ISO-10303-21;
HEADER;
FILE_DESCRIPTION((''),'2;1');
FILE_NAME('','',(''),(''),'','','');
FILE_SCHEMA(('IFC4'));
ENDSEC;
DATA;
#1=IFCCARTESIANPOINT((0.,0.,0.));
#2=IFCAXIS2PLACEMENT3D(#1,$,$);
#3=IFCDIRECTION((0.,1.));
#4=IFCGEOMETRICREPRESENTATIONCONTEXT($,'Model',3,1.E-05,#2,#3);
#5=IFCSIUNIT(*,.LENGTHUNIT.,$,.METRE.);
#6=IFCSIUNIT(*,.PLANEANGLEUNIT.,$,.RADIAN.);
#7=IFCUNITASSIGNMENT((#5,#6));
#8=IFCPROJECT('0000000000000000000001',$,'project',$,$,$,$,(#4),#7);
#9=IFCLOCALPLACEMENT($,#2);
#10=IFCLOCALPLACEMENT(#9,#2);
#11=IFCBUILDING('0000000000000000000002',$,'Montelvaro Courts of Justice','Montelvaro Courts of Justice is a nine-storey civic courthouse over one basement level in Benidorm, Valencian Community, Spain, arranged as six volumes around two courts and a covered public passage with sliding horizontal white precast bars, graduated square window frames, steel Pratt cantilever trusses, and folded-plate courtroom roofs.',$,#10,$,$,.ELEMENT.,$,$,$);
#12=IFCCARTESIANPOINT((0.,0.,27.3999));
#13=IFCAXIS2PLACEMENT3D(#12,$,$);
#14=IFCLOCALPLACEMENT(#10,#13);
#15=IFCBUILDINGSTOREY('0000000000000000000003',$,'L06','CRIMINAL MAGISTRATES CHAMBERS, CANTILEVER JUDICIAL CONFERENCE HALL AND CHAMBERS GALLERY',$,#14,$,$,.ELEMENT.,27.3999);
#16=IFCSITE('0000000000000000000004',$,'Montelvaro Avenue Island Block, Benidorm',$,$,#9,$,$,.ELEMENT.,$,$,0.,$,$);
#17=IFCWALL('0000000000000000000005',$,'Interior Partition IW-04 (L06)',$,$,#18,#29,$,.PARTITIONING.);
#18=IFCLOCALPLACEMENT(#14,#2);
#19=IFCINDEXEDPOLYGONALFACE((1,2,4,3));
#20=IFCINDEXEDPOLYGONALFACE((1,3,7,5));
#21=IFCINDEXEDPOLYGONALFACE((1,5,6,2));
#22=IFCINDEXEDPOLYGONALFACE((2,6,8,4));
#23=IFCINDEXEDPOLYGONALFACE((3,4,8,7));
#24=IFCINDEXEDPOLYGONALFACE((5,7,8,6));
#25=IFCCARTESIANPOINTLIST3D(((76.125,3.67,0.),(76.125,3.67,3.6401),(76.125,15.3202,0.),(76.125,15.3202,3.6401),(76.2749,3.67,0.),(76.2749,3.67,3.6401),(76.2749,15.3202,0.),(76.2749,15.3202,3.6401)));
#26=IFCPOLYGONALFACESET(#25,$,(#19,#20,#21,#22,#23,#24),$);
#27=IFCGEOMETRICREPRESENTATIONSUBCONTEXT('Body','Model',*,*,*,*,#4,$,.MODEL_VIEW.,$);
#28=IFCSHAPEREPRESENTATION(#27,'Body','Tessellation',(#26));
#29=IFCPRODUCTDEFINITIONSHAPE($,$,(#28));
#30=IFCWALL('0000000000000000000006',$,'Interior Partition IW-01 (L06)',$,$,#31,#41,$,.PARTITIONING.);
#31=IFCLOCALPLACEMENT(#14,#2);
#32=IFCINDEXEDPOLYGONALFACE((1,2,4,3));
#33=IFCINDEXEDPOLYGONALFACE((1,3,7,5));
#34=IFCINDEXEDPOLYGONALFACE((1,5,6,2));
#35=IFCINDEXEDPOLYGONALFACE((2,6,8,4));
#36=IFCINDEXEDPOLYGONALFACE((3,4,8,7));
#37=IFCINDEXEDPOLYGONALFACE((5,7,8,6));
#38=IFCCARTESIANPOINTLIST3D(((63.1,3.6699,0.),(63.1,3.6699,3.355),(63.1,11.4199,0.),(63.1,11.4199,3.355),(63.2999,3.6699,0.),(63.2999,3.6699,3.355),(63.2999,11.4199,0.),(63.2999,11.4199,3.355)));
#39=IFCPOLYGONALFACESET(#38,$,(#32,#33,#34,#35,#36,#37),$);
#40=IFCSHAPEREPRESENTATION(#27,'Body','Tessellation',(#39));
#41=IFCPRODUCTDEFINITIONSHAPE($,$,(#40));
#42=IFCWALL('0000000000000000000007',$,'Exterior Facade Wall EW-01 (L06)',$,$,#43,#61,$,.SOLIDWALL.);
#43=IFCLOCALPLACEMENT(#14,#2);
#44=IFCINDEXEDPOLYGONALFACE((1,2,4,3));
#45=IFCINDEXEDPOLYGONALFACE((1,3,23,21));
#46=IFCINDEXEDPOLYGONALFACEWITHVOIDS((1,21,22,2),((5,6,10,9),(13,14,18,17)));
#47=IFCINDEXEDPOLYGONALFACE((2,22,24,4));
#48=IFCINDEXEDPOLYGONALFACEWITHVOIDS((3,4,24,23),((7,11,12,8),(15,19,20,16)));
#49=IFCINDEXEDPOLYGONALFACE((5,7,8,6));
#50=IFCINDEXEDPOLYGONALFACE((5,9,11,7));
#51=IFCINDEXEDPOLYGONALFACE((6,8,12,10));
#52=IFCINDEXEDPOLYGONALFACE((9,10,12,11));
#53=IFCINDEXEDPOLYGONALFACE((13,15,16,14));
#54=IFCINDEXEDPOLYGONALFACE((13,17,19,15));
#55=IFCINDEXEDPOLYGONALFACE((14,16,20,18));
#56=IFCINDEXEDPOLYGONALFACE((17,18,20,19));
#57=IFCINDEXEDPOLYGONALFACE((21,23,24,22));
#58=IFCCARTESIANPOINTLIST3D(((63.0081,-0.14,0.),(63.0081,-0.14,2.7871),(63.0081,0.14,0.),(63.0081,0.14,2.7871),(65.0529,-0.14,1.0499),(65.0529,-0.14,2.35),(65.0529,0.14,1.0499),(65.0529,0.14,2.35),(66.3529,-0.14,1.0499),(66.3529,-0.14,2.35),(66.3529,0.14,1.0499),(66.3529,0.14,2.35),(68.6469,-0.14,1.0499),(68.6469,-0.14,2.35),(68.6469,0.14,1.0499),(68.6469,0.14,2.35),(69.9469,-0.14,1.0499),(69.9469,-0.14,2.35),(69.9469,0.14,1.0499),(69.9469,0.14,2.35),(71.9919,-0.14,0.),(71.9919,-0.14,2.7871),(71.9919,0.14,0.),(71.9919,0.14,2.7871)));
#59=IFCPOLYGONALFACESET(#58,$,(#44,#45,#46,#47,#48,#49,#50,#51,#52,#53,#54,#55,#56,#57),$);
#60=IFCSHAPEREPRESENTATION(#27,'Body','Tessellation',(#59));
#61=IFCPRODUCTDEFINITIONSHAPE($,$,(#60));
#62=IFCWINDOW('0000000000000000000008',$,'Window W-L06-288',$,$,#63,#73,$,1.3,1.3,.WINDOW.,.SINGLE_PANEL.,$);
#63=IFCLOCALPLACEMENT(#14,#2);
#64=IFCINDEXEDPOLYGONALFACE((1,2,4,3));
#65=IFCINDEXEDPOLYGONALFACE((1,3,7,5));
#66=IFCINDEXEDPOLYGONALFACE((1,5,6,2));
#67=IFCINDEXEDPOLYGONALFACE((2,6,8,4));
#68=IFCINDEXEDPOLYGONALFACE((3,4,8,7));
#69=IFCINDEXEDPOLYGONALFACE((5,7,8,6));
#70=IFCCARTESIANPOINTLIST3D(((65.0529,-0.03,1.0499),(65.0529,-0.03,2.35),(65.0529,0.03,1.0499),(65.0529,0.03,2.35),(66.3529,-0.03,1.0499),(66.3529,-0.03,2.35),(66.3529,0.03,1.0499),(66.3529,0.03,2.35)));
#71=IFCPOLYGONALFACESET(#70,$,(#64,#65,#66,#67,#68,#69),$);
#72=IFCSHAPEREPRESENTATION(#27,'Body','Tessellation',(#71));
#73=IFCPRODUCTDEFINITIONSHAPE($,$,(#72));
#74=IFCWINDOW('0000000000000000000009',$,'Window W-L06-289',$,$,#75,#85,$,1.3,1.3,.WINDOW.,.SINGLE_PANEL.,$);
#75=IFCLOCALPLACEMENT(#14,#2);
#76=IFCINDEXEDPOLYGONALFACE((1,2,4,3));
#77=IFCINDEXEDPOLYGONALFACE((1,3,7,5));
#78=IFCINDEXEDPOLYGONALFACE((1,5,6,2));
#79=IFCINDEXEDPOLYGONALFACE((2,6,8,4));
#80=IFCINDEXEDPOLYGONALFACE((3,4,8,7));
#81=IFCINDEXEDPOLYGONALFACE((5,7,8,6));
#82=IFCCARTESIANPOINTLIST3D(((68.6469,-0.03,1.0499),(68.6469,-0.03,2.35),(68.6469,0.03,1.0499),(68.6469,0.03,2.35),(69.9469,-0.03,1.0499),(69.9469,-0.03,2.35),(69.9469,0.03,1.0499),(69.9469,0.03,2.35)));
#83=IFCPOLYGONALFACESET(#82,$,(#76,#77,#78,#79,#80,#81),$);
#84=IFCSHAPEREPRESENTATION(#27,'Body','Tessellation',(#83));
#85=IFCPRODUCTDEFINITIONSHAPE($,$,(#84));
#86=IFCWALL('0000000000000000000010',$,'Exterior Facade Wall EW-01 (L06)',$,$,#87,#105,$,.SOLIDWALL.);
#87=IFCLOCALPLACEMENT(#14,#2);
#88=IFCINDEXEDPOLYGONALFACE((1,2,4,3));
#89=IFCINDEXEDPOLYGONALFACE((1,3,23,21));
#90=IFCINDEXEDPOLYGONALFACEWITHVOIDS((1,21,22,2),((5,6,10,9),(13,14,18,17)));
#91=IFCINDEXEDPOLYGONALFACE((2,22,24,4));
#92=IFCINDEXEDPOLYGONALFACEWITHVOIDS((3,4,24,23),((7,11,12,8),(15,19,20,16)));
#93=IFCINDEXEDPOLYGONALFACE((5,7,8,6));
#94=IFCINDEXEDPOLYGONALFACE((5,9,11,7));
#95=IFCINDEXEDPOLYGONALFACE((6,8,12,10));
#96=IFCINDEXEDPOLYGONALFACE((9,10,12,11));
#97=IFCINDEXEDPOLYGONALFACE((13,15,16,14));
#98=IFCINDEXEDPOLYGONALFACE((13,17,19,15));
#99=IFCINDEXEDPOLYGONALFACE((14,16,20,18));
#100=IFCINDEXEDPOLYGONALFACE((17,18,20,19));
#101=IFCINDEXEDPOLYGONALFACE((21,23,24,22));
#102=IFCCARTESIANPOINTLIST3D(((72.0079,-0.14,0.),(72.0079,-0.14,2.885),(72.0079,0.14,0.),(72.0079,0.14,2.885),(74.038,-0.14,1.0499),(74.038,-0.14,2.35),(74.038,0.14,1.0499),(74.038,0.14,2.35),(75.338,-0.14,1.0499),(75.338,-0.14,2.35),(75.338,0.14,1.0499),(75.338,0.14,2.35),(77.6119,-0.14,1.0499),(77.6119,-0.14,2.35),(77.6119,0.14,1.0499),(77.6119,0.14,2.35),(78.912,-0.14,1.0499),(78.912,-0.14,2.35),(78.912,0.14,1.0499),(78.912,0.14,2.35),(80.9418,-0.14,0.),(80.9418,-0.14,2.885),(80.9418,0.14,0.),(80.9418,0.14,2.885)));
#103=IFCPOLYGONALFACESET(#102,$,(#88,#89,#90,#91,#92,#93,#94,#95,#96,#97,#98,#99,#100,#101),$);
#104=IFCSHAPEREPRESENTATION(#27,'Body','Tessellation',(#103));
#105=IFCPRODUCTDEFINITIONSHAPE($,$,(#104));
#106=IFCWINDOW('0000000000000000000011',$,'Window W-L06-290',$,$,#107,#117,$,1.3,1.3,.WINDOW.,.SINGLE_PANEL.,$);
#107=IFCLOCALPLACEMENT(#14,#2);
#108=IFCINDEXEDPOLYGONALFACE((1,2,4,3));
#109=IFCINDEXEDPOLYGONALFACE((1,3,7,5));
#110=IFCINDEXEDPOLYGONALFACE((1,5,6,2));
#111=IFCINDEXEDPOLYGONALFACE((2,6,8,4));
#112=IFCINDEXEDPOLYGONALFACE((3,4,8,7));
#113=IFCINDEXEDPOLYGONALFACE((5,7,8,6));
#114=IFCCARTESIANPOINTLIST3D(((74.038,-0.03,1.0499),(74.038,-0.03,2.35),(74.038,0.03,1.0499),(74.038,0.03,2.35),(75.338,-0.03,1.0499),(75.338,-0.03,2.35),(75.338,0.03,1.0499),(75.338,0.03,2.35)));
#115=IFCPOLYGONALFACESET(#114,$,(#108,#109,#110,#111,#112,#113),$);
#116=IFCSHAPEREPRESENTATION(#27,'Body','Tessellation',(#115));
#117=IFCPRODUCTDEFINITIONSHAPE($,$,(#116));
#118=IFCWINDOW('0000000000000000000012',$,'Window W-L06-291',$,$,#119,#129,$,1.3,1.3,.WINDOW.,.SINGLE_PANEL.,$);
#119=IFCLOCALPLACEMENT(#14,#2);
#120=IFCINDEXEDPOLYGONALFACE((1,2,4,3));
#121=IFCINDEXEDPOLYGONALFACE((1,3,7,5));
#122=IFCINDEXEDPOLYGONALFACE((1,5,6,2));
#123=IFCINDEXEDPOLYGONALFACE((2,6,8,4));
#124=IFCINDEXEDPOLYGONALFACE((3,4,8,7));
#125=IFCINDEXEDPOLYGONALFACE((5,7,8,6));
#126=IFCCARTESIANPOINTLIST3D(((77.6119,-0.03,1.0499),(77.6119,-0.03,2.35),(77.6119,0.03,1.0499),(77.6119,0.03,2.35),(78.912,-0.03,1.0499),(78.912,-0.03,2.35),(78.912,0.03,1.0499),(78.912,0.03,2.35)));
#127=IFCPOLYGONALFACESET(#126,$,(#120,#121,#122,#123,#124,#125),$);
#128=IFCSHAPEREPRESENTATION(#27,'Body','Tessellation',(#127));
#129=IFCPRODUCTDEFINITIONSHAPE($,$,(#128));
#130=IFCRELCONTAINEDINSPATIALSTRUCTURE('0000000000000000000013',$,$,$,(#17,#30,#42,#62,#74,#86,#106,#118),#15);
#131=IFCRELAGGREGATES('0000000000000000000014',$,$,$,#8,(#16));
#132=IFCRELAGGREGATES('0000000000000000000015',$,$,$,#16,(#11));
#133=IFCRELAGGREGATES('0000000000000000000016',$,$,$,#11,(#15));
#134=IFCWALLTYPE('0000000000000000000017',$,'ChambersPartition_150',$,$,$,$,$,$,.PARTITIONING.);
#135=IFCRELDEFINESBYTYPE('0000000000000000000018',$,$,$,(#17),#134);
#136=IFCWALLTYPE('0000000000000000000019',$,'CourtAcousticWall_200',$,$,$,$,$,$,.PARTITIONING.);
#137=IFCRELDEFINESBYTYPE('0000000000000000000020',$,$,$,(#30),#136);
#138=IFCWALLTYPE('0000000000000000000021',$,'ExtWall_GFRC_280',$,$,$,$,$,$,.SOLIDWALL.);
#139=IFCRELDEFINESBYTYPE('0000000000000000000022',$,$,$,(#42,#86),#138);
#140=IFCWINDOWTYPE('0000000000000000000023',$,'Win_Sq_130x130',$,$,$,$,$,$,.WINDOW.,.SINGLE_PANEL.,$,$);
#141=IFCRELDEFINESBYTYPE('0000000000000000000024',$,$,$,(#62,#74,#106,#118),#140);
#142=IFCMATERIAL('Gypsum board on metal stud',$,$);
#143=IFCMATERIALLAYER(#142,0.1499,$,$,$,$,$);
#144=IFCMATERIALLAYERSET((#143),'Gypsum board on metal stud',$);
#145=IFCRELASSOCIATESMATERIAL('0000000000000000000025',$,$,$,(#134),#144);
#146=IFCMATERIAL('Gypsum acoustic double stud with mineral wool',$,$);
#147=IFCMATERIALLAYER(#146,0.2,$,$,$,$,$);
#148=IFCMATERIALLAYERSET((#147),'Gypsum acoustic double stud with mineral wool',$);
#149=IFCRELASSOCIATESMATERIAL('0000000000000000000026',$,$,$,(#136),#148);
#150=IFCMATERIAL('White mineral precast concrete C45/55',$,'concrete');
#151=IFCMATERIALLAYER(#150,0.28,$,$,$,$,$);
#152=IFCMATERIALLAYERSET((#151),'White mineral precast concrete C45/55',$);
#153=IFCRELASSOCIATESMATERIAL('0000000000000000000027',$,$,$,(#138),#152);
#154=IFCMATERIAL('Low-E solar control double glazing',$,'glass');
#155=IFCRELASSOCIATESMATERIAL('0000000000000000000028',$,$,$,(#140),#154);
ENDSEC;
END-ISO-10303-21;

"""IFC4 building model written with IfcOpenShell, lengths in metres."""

from ifc_helpers import new_model, si_unit, direction, frame, frame_2d, origin, place, context, subcontext, project, spatial, rectangle, extrude, material, layer, layer_set, type_object, element, fill, save


model = new_model("IFC4")

# Units and contexts
model_context = context("Model", 3, precision=1e-05, world=origin(), true_north=direction((0.0, 1.0)))
body_context = subcontext(model_context, "Body", "Model", "MODEL_VIEW")
ifc_project = project(units=[si_unit("LENGTHUNIT", "METRE"), si_unit("PLANEANGLEUNIT", "RADIAN")], contexts=[model_context])

# Site, building, storey
site_placement = place(None, origin())
site = spatial("IfcSite", under=ifc_project, at=site_placement, Name="Montelvaro Avenue Island Block, Benidorm", CompositionType="ELEMENT", RefElevation=0.0)
building_placement = place(site_placement, origin())
building = spatial("IfcBuilding", under=site, at=building_placement, Name="Montelvaro Courts of Justice", Description="Montelvaro Courts of Justice is a nine-storey civic courthouse over one basement level in Benidorm, Valencian Community, Spain, arranged as six volumes around two courts and a covered public passage with sliding horizontal white precast bars, graduated square window frames, steel Pratt cantilever trusses, and folded-plate courtroom roofs.", CompositionType="ELEMENT")
storey_placement = place(building_placement, frame((0.0, 0.0, 27.3999)))
storey = spatial("IfcBuildingStorey", under=building, at=storey_placement, Name="L06", Description="CRIMINAL MAGISTRATES CHAMBERS, CANTILEVER JUDICIAL CONFERENCE HALL AND CHAMBERS GALLERY", CompositionType="ELEMENT", Elevation=27.3999)

# Shared definitions
ifc_material_1 = material(Name="White mineral precast concrete C45/55", Category="concrete")

# Wall
ifc_material_2 = material(Name="Gypsum board on metal stud")
ifc_layer_1 = layer(ifc_material_2, 0.1499)
ifc_layer_set_1 = layer_set([ifc_layer_1], Name="Gypsum board on metal stud")
wall_type_1 = type_object("IfcWallType", Name="ChambersPartition_150", PredefinedType="PARTITIONING", material=ifc_layer_set_1)
wall_1_placement = place(storey_placement, frame((76.2, 3.6699, 0.0), z_axis=(0.0, 0.0, 1.0), x_axis=(0.0, 1.0, 0.0)))
element("IfcWall", 1, at=wall_1_placement, inside=storey, type_object=wall_type_1, Name="Interior Partition IW-04 (L06)", PredefinedType="PARTITIONING", context=body_context, shape_type="SweptSolid", body=[
    extrude(rectangle(XDim=11.6501, YDim=0.1499, at=frame_2d((5.8252, 0.0))), origin(), (0.0, 0.0, 1.0), 3.6401),
])

# Shared definitions
ifc_material_3 = material(Name="Gypsum acoustic double stud with mineral wool")
ifc_layer_2 = layer(ifc_material_3, 0.2)
ifc_layer_set_2 = layer_set([ifc_layer_2], Name="Gypsum acoustic double stud with mineral wool")
wall_type_2 = type_object("IfcWallType", Name="CourtAcousticWall_200", PredefinedType="PARTITIONING", material=ifc_layer_set_2)

# Wall
wall_2_placement = place(storey_placement, frame((63.2, 3.6699, 0.0), z_axis=(0.0, 0.0, 1.0), x_axis=(0.0, 1.0, 0.0)))
element("IfcWall", 2, at=wall_2_placement, inside=storey, type_object=wall_type_2, Name="Interior Partition IW-01 (L06)", PredefinedType="PARTITIONING", context=body_context, shape_type="SweptSolid", body=[
    extrude(rectangle(XDim=7.75, YDim=0.2, at=frame_2d((3.875, 0.0))), origin(), (0.0, 0.0, 1.0), 3.355),
])

# Walls, openings, windows
ifc_layer_3 = layer(ifc_material_1, 0.28)
ifc_layer_set_3 = layer_set([ifc_layer_3], Name="White mineral precast concrete C45/55")
wall_type_3 = type_object("IfcWallType", Name="ExtWall_GFRC_280", PredefinedType="SOLIDWALL", material=ifc_layer_set_3)
wall_3_placement = place(storey_placement, frame((63.0081, 0.0, 0.0), z_axis=(0.0, 0.0, 1.0), x_axis=(1.0, 0.0, 0.0)))
wall_3 = element("IfcWall", 3, at=wall_3_placement, inside=storey, type_object=wall_type_3, Name="Exterior Facade Wall EW-01 (L06)", PredefinedType="SOLIDWALL", context=body_context, shape_type="SweptSolid", body=[
    extrude(rectangle(XDim=8.9839, YDim=0.28, at=frame_2d((4.4919, 0.0))), origin(), (0.0, 0.0, 1.0), 2.7871),
])
opening_1_placement = place(wall_3_placement, frame((2.0449, 0.0, 1.05)))
opening_1 = element("IfcOpeningElement", 4, at=opening_1_placement, cuts=wall_3, PredefinedType="OPENING", context=body_context, shape_type="SweptSolid", body=[
    extrude(rectangle(XDim=1.3, YDim=1.3, at=frame_2d((0.6499, 0.6499))), frame((0.0, 0.1548, 0.0), z_axis=(0.0, -1.0, 0.0), x_axis=(1.0, 0.0, 0.0)), (0.0, 0.0, 1.0), 0.3098),
])
opening_2_placement = place(wall_3_placement, frame((5.6389, 0.0, 1.05)))
opening_2 = element("IfcOpeningElement", 5, at=opening_2_placement, cuts=wall_3, PredefinedType="OPENING", context=body_context, shape_type="SweptSolid", body=[
    extrude(rectangle(XDim=1.3, YDim=1.3, at=frame_2d((0.6499, 0.6499))), frame((0.0, 0.1548, 0.0), z_axis=(0.0, -1.0, 0.0), x_axis=(1.0, 0.0, 0.0)), (0.0, 0.0, 1.0), 0.3098),
])
ifc_material_4 = material(Name="Low-E solar control double glazing", Category="glass")
window_type = type_object("IfcWindowType", Name="Win_Sq_130x130", PartitioningType="SINGLE_PANEL", PredefinedType="WINDOW", material=ifc_material_4)
window_1_placement = place(opening_1_placement, origin())
window_1 = element("IfcWindow", 6, at=window_1_placement, inside=storey, type_object=window_type, Name="Window W-L06-288", OverallHeight=1.3, OverallWidth=1.3, PartitioningType="SINGLE_PANEL", PredefinedType="WINDOW", context=body_context, shape_type="SweptSolid", body=[
    extrude(rectangle(XDim=1.3, YDim=1.3, at=frame_2d((0.6499, 0.6499))), frame((0.0, 0.03, 0.0), z_axis=(0.0, -1.0, 0.0), x_axis=(1.0, 0.0, 0.0)), (0.0, 0.0, 1.0), 0.0601),
])
fill(opening_1, window_1)
window_2_placement = place(opening_2_placement, origin())
window_2 = element("IfcWindow", 7, at=window_2_placement, inside=storey, type_object=window_type, Name="Window W-L06-289", OverallHeight=1.3, OverallWidth=1.3, PartitioningType="SINGLE_PANEL", PredefinedType="WINDOW", context=body_context, shape_type="SweptSolid", body=[
    extrude(rectangle(XDim=1.3, YDim=1.3, at=frame_2d((0.6499, 0.6499))), frame((0.0, 0.03, 0.0), z_axis=(0.0, -1.0, 0.0), x_axis=(1.0, 0.0, 0.0)), (0.0, 0.0, 1.0), 0.0601),
])
fill(opening_2, window_2)
wall_4_placement = place(storey_placement, frame((72.0081, 0.0, 0.0), z_axis=(0.0, 0.0, 1.0), x_axis=(1.0, 0.0, 0.0)))
wall_4 = element("IfcWall", 8, at=wall_4_placement, inside=storey, type_object=wall_type_3, Name="Exterior Facade Wall EW-01 (L06)", PredefinedType="SOLIDWALL", context=body_context, shape_type="SweptSolid", body=[
    extrude(rectangle(XDim=8.9338, YDim=0.28, at=frame_2d((4.4668, 0.0))), origin(), (0.0, 0.0, 1.0), 2.885),
])
opening_3_placement = place(wall_4_placement, frame((2.03, 0.0, 1.05)))
opening_3 = element("IfcOpeningElement", 9, at=opening_3_placement, cuts=wall_4, PredefinedType="OPENING", context=body_context, shape_type="SweptSolid", body=[
    extrude(rectangle(XDim=1.3, YDim=1.3, at=frame_2d((0.6499, 0.6499))), frame((0.0, 0.1548, 0.0), z_axis=(0.0, -1.0, 0.0), x_axis=(1.0, 0.0, 0.0)), (0.0, 0.0, 1.0), 0.3098),
])
opening_4_placement = place(wall_4_placement, frame((5.604, 0.0, 1.05)))
opening_4 = element("IfcOpeningElement", 10, at=opening_4_placement, cuts=wall_4, PredefinedType="OPENING", context=body_context, shape_type="SweptSolid", body=[
    extrude(rectangle(XDim=1.3, YDim=1.3, at=frame_2d((0.6499, 0.6499))), frame((0.0, 0.1548, 0.0), z_axis=(0.0, -1.0, 0.0), x_axis=(1.0, 0.0, 0.0)), (0.0, 0.0, 1.0), 0.3098),
])
window_3_placement = place(opening_3_placement, origin())
window_3 = element("IfcWindow", 11, at=window_3_placement, inside=storey, type_object=window_type, Name="Window W-L06-290", OverallHeight=1.3, OverallWidth=1.3, PartitioningType="SINGLE_PANEL", PredefinedType="WINDOW", context=body_context, shape_type="SweptSolid", body=[
    extrude(rectangle(XDim=1.3, YDim=1.3, at=frame_2d((0.6499, 0.6499))), frame((0.0, 0.03, 0.0), z_axis=(0.0, -1.0, 0.0), x_axis=(1.0, 0.0, 0.0)), (0.0, 0.0, 1.0), 0.0601),
])
fill(opening_3, window_3)
window_4_placement = place(opening_4_placement, origin())
window_4 = element("IfcWindow", 12, at=window_4_placement, inside=storey, type_object=window_type, Name="Window W-L06-291", OverallHeight=1.3, OverallWidth=1.3, PartitioningType="SINGLE_PANEL", PredefinedType="WINDOW", context=body_context, shape_type="SweptSolid", body=[
    extrude(rectangle(XDim=1.3, YDim=1.3, at=frame_2d((0.6499, 0.6499))), frame((0.0, 0.03, 0.0), z_axis=(0.0, -1.0, 0.0), x_axis=(1.0, 0.0, 0.0)), (0.0, 0.0, 1.0), 0.0601),
])
fill(opening_4, window_4)

save(model, "model.ifc")
